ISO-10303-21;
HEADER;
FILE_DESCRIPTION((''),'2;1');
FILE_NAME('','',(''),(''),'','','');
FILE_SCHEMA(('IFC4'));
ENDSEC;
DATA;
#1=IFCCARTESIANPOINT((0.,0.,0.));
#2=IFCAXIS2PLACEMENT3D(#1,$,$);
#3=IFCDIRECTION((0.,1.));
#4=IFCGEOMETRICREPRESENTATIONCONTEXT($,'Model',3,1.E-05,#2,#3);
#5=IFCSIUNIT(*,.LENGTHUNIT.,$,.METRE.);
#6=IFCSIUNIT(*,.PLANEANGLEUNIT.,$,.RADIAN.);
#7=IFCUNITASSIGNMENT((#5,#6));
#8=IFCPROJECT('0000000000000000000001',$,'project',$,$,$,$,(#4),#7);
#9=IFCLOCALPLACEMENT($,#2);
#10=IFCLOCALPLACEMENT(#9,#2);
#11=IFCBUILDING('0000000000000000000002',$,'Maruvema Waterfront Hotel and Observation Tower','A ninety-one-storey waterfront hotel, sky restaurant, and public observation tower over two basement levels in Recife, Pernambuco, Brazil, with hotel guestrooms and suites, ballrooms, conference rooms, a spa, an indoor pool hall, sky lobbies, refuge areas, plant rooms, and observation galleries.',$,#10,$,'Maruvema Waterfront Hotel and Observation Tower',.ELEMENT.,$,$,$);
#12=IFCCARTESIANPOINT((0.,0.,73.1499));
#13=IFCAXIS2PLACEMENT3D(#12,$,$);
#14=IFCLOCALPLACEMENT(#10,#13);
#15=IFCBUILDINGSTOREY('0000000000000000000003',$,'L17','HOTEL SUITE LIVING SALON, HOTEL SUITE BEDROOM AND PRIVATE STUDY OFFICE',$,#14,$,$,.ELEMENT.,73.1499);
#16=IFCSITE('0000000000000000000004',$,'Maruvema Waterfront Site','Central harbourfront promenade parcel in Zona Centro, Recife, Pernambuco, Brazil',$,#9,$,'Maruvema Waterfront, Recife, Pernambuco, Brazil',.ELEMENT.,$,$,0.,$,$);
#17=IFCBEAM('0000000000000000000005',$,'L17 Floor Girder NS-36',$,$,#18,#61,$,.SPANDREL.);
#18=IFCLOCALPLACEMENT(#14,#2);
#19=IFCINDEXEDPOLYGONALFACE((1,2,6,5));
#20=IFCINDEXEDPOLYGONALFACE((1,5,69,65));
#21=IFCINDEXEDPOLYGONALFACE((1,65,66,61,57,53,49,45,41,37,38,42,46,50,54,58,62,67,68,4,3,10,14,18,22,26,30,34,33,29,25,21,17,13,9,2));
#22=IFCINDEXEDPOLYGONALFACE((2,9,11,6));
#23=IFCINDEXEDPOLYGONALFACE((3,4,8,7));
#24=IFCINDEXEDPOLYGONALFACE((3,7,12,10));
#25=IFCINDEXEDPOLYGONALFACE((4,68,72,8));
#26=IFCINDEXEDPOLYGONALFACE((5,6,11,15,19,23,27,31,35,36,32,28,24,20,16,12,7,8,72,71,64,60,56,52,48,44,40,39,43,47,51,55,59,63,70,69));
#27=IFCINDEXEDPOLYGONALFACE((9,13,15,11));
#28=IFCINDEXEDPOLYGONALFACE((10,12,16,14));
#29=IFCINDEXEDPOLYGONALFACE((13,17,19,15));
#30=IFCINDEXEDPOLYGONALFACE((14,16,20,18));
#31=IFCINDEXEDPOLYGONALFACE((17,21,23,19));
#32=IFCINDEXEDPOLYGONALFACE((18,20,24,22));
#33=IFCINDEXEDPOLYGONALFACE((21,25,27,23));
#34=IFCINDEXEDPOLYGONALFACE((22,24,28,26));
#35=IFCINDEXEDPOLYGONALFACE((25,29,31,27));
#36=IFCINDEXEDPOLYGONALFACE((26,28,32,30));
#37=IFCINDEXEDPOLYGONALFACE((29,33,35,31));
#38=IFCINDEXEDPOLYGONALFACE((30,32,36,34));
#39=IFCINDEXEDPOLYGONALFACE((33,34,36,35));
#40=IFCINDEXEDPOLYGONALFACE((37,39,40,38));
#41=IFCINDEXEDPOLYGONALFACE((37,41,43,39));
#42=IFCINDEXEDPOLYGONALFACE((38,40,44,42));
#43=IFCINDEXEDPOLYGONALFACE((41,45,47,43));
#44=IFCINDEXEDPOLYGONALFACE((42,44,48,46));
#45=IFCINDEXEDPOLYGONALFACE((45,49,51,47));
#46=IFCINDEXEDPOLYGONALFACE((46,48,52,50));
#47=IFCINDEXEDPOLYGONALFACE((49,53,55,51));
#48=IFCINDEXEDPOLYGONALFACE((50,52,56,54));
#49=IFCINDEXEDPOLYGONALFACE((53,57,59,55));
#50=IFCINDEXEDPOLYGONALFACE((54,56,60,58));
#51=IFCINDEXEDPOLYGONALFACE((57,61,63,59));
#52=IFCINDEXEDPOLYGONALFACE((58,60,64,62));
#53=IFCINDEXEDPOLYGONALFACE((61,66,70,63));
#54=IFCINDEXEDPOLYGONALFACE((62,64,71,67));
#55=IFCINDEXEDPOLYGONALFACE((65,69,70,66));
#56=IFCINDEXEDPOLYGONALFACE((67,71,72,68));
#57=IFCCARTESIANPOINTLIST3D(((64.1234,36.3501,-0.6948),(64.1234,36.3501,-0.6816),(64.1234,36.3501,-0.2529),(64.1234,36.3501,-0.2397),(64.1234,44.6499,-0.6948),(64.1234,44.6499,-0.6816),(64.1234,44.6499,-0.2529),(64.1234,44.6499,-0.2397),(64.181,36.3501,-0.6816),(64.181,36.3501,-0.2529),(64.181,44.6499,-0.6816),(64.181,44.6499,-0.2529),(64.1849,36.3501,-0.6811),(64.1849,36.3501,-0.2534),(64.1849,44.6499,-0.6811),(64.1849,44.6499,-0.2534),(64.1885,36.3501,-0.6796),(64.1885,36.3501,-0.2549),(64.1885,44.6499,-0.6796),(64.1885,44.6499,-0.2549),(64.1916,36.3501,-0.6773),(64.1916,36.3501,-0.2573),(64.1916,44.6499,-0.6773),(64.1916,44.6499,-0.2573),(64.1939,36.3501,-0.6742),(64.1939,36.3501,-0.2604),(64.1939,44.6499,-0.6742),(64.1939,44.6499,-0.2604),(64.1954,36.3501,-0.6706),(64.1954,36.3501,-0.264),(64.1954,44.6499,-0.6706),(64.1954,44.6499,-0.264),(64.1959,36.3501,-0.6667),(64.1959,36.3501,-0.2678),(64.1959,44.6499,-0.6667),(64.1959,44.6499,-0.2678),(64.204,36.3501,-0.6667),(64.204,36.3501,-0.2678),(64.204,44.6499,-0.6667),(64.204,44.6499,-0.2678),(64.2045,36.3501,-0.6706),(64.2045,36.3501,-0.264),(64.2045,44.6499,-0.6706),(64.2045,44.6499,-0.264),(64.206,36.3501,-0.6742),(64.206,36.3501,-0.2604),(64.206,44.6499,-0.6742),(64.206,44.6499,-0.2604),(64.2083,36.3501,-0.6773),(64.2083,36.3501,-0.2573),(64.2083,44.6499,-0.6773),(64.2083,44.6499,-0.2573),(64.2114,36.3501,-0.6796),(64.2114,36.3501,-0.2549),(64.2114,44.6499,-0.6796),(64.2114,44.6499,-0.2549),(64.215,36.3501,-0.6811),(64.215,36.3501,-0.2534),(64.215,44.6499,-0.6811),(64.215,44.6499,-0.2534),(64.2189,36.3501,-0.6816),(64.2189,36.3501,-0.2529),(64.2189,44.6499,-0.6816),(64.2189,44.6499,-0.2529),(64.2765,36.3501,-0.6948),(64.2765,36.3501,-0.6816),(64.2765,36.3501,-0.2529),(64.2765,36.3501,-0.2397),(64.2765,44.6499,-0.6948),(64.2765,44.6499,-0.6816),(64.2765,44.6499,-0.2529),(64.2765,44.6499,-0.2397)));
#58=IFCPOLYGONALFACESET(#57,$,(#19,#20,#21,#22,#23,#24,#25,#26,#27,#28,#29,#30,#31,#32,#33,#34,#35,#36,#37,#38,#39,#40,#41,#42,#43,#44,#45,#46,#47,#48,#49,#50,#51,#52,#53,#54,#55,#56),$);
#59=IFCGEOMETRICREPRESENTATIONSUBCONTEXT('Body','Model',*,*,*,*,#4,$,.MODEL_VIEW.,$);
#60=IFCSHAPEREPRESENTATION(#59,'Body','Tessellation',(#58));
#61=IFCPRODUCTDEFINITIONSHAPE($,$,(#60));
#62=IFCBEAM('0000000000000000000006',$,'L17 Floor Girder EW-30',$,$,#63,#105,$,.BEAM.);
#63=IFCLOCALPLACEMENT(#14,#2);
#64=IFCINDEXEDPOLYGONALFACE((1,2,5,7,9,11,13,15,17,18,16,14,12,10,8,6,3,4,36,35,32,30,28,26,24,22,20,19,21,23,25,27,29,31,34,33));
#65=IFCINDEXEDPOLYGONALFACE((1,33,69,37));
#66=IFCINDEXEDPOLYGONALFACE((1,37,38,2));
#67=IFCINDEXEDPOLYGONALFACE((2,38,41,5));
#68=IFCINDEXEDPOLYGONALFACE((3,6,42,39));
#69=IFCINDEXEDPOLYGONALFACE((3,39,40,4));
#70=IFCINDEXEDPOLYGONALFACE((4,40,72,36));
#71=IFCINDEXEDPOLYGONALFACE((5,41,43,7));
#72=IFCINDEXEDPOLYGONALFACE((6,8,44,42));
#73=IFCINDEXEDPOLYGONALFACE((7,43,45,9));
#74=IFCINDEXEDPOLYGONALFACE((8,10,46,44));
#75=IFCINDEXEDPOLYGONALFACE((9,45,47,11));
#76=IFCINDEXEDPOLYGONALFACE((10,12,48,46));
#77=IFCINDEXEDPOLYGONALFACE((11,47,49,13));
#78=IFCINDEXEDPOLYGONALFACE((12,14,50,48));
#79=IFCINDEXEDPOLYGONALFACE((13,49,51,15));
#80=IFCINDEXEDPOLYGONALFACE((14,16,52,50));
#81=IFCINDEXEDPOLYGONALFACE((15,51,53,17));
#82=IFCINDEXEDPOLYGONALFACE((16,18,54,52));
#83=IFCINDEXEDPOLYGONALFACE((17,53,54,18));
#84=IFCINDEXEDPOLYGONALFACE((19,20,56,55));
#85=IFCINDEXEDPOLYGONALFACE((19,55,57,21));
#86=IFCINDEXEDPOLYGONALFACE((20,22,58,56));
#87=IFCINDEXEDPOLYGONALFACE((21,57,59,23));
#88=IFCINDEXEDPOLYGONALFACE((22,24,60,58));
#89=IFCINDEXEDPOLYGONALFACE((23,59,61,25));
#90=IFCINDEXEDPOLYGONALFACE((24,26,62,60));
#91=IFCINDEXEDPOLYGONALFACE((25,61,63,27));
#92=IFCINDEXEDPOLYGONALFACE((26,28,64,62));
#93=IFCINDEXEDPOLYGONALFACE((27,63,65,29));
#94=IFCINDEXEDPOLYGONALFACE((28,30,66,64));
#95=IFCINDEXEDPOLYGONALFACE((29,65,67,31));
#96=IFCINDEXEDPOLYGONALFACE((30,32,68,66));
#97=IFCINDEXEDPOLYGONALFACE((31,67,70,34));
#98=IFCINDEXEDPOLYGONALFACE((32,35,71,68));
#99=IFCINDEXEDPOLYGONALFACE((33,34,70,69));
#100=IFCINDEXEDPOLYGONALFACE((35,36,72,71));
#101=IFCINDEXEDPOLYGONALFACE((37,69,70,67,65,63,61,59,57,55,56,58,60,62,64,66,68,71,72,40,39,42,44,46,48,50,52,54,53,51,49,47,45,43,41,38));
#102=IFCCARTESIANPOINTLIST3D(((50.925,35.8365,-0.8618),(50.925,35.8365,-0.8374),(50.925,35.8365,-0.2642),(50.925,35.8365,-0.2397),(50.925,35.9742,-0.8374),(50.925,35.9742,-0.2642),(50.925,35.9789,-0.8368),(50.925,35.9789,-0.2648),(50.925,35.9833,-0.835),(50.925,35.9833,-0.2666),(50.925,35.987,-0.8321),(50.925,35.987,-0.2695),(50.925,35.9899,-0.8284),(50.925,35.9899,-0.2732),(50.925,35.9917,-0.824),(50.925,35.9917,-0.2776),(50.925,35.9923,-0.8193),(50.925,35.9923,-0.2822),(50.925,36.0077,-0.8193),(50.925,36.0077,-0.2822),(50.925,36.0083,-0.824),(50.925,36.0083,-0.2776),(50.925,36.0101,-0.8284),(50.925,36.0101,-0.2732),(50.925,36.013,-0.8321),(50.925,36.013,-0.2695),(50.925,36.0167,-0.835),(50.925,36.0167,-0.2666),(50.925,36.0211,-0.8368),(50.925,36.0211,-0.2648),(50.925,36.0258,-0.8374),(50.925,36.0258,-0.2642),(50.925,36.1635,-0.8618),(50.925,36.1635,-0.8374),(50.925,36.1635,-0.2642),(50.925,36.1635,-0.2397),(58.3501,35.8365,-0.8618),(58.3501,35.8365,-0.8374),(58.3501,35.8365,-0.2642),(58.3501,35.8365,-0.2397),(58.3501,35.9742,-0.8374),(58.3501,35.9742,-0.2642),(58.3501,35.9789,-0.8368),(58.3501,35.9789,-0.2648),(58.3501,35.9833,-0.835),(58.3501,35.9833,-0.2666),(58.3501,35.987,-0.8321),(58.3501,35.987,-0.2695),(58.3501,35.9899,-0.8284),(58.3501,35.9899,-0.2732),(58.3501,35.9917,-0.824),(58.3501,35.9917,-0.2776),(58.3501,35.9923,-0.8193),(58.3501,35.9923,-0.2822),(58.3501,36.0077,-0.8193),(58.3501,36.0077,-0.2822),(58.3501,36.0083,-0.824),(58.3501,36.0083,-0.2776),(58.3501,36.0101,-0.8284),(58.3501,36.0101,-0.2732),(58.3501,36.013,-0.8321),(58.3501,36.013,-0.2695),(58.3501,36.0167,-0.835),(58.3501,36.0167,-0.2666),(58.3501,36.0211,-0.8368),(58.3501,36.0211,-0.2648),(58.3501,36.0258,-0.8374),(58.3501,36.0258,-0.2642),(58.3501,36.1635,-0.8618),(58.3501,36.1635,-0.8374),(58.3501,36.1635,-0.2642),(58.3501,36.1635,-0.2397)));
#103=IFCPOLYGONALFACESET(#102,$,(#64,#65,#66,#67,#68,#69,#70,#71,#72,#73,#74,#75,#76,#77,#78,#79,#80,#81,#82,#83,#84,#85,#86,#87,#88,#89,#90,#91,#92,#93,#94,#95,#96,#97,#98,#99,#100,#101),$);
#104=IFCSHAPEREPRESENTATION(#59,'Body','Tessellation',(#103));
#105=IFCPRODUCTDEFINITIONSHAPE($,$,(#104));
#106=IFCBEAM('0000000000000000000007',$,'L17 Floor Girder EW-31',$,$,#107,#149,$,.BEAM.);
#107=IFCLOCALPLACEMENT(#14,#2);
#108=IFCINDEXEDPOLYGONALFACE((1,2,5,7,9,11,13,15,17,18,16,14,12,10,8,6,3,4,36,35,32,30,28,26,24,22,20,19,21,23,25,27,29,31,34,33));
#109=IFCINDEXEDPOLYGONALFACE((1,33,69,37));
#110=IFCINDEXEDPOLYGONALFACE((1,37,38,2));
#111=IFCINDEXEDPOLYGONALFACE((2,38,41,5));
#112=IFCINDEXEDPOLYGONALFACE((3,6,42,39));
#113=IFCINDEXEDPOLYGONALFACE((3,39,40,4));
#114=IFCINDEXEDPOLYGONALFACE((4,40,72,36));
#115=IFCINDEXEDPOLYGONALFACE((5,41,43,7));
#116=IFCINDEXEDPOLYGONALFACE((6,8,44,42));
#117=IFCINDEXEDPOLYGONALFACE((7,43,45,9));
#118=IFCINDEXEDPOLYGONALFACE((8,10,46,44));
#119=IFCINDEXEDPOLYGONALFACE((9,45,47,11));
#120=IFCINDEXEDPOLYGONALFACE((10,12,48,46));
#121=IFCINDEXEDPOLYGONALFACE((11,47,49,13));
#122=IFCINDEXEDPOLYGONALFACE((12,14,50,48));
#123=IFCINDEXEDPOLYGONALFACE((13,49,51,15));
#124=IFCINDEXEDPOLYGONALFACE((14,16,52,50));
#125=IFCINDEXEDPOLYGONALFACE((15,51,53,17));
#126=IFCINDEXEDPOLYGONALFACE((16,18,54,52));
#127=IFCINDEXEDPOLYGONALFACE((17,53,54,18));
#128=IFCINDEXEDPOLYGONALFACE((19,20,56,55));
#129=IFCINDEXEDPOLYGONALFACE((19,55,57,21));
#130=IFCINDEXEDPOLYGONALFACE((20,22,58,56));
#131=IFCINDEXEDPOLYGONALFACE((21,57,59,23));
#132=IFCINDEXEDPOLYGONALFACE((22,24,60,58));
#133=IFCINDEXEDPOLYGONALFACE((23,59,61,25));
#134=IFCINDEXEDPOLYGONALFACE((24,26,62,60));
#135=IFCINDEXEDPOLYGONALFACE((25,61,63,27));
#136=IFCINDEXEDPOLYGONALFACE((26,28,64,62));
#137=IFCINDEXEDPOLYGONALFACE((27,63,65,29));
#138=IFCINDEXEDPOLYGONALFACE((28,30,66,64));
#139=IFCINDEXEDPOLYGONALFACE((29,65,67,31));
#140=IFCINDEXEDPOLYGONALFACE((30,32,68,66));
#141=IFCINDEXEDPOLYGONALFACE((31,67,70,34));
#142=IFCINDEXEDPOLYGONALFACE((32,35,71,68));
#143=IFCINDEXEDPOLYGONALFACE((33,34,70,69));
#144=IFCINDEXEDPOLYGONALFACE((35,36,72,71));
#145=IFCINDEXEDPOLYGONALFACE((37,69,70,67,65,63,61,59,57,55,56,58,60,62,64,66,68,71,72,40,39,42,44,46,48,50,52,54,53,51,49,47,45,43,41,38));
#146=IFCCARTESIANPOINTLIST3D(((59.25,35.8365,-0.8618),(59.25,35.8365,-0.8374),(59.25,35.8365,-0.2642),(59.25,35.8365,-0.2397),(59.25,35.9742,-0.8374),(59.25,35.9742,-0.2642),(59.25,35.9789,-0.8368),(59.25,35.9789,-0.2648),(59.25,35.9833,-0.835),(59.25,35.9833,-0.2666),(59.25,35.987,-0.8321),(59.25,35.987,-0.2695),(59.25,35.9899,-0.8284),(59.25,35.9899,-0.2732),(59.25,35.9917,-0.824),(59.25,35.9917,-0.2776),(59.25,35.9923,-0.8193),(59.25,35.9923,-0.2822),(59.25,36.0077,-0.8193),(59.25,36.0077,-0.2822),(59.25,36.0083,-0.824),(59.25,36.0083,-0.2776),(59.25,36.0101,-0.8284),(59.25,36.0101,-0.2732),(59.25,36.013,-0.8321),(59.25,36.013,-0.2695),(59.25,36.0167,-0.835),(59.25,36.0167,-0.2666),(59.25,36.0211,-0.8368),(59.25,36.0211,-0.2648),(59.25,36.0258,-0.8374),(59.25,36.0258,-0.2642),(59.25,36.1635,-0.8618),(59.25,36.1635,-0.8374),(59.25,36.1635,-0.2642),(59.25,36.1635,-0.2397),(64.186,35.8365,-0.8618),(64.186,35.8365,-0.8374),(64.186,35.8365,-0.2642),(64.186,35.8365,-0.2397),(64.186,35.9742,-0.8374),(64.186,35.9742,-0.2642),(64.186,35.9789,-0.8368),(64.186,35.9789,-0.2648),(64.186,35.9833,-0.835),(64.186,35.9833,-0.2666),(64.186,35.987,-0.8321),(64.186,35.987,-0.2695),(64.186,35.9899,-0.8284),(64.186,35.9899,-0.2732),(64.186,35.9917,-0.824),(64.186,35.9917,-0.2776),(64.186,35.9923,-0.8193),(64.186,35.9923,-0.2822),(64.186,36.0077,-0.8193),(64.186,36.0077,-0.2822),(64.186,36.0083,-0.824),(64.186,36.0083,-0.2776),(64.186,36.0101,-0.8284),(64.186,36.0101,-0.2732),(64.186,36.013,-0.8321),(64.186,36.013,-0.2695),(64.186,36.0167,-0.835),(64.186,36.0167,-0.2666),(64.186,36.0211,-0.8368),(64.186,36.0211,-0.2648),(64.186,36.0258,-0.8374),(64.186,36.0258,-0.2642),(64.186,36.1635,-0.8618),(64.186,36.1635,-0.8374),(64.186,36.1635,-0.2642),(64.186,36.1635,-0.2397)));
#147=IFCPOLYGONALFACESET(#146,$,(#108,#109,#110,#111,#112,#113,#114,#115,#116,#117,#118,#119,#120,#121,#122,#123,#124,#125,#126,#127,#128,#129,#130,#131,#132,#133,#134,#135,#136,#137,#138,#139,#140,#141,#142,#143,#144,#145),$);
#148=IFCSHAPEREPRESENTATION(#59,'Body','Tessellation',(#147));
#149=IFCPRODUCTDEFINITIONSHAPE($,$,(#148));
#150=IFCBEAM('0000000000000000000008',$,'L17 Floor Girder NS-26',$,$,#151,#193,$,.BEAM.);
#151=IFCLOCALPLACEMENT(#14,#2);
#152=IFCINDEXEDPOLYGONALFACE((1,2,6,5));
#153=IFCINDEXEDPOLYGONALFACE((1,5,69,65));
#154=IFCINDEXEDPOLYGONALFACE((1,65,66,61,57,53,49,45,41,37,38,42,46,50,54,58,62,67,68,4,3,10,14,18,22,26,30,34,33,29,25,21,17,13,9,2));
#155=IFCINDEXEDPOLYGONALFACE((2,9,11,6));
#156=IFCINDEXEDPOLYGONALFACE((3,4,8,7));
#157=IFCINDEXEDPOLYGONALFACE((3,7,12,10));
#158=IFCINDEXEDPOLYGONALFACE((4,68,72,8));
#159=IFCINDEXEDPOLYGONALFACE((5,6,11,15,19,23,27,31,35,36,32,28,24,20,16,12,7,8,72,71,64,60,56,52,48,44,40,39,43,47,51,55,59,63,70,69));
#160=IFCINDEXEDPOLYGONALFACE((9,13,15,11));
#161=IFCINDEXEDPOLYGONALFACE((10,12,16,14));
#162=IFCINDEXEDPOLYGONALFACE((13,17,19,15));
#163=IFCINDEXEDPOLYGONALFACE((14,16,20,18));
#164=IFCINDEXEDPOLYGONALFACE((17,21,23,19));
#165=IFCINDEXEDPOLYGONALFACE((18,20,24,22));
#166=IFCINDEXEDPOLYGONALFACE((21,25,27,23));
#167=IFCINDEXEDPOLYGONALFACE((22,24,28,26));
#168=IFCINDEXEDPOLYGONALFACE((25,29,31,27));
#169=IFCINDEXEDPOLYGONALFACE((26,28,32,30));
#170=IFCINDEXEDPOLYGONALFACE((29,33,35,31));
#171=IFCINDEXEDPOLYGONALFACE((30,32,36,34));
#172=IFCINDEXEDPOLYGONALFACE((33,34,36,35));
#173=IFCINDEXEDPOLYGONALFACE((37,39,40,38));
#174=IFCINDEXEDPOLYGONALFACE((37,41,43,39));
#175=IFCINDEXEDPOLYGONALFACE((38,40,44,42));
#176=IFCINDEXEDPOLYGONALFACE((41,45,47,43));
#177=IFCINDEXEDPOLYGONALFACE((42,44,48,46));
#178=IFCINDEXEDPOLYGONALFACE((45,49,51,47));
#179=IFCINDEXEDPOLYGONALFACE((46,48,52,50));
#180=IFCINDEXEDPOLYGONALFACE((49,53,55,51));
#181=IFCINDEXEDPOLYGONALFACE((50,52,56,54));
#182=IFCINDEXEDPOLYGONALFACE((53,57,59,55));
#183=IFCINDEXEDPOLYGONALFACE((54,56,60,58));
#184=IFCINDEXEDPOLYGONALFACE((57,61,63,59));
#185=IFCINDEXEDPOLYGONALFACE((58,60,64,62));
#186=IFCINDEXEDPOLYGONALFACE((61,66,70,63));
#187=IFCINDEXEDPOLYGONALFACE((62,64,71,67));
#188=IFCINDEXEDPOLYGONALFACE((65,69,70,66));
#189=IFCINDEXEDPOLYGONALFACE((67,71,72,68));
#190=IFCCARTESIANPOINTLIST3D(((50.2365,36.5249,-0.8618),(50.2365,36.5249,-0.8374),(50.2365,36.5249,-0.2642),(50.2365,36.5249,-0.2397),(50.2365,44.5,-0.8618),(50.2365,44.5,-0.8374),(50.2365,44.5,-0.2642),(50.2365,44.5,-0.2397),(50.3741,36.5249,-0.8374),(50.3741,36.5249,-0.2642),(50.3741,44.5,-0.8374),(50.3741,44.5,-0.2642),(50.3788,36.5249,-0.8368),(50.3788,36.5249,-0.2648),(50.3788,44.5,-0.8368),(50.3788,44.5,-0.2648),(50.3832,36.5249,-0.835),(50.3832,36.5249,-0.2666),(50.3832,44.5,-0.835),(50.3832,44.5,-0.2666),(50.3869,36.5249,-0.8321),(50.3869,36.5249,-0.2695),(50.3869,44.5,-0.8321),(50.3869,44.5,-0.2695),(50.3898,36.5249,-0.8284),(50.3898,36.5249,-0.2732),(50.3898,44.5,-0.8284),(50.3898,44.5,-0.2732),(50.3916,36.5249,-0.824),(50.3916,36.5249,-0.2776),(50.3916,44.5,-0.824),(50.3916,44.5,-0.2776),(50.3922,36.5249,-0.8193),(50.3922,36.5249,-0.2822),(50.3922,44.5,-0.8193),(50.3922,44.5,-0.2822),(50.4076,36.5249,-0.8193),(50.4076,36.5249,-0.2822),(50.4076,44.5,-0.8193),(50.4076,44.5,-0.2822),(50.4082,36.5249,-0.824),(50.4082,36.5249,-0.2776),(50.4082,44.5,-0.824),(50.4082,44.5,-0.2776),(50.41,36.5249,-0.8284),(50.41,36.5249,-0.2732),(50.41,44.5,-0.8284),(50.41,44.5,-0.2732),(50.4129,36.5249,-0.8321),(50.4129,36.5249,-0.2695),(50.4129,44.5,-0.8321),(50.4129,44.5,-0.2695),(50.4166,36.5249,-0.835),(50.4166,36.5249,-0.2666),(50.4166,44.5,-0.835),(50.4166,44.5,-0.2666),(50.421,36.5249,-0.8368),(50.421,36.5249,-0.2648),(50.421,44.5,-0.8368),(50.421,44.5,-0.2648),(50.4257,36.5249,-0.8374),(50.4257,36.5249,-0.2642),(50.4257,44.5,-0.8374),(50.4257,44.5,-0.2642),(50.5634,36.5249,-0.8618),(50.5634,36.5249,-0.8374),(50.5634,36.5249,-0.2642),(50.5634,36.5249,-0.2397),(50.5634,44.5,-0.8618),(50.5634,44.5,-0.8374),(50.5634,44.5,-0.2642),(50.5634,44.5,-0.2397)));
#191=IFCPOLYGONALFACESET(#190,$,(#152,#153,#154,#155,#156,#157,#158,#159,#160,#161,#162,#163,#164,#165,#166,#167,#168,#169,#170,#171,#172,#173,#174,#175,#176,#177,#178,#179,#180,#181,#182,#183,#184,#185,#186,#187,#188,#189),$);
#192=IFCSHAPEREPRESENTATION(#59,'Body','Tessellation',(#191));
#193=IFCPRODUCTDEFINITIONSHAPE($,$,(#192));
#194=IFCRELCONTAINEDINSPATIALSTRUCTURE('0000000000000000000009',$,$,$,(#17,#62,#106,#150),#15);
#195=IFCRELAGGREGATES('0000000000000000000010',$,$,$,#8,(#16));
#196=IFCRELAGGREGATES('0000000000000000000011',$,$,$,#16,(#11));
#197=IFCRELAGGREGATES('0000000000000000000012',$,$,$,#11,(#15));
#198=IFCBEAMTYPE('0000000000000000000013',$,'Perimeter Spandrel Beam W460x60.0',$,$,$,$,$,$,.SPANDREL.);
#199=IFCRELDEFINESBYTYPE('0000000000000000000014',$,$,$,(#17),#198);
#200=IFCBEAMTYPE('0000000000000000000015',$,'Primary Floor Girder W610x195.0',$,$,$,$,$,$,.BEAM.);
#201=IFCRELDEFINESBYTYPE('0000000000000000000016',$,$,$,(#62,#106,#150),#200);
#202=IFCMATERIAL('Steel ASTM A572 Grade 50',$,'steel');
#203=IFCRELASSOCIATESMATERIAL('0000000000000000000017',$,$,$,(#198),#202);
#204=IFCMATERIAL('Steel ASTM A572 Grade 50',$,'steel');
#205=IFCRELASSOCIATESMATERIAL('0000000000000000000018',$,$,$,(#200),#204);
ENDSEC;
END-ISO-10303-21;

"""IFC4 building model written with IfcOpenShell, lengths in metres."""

from ifc_helpers import new_model, si_unit, direction, frame, origin, origin_2d, place, context, subcontext, project, spatial, i_section, extrude, material, material_profile, profile_set, type_object, element, save


model = new_model("IFC4")

# Units and contexts
model_context = context("Model", 3, precision=1e-05, world=origin(), true_north=direction((0.0, 1.0)))
body_context = subcontext(model_context, "Body", "Model", "MODEL_VIEW")
ifc_project = project(units=[si_unit("LENGTHUNIT", "METRE"), si_unit("PLANEANGLEUNIT", "RADIAN")], contexts=[model_context])

# Site, building, storey
site_placement = place(None, origin())
site = spatial("IfcSite", under=ifc_project, at=site_placement, Name="Maruvema Waterfront Site", Description="Central harbourfront promenade parcel in Zona Centro, Recife, Pernambuco, Brazil", LongName="Maruvema Waterfront, Recife, Pernambuco, Brazil", CompositionType="ELEMENT", RefElevation=0.0)
building_placement = place(site_placement, origin())
building = spatial("IfcBuilding", under=site, at=building_placement, Name="Maruvema Waterfront Hotel and Observation Tower", Description="A ninety-one-storey waterfront hotel, sky restaurant, and public observation tower over two basement levels in Recife, Pernambuco, Brazil, with hotel guestrooms and suites, ballrooms, conference rooms, a spa, an indoor pool hall, sky lobbies, refuge areas, plant rooms, and observation galleries.", LongName="Maruvema Waterfront Hotel and Observation Tower", CompositionType="ELEMENT")
storey_placement = place(building_placement, frame((0.0, 0.0, 73.1499)))
storey = spatial("IfcBuildingStorey", under=building, at=storey_placement, Name="L17", Description="HOTEL SUITE LIVING SALON, HOTEL SUITE BEDROOM AND PRIVATE STUDY OFFICE", CompositionType="ELEMENT", Elevation=73.1499)

# Beams
ifc_material_1 = material(Name="Steel ASTM A572 Grade 50", Category="steel")
ifc_material_profile_1 = material_profile(ifc_material_1, i_section(OverallWidth=0.1531, OverallDepth=0.4551, WebThickness=0.0081, FlangeThickness=0.0132, FilletRadius=0.0149, at=origin_2d()), Name="W460x60.0")
ifc_profile_set_1 = profile_set([ifc_material_profile_1], Name="Steel ASTM A572 Grade 50")
beam_type_1 = type_object("IfcBeamType", Name="Perimeter Spandrel Beam W460x60.0", PredefinedType="SPANDREL", material=ifc_profile_set_1)
beam_1_placement = place(storey_placement, frame((64.2, 36.3501, -0.4673), z_axis=(0.0, 1.0, 0.0), x_axis=(-1.0, 0.0, 0.0)))
element("IfcBeam", 1, at=beam_1_placement, inside=storey, type_object=beam_type_1, Name="L17 Floor Girder NS-36", PredefinedType="SPANDREL", context=body_context, shape_type="SweptSolid", body=[
    extrude(i_section(OverallWidth=0.1531, OverallDepth=0.4551, WebThickness=0.0081, FlangeThickness=0.0132, FilletRadius=0.0149, at=origin_2d()), origin(), (0.0, 0.0, 1.0), 8.2998),
])
ifc_material_2 = material(Name="Steel ASTM A572 Grade 50", Category="steel")
ifc_material_profile_2 = material_profile(ifc_material_2, i_section(OverallWidth=0.3269, OverallDepth=0.6221, WebThickness=0.0154, FlangeThickness=0.0244, FilletRadius=0.0181, at=origin_2d()), Name="W610x195.0")
ifc_profile_set_2 = profile_set([ifc_material_profile_2], Name="Steel ASTM A572 Grade 50")
beam_type_2 = type_object("IfcBeamType", Name="Primary Floor Girder W610x195.0", PredefinedType="BEAM", material=ifc_profile_set_2)
beam_2_placement = place(storey_placement, frame((50.925, 36.0, -0.5508), z_axis=(1.0, 0.0, 0.0), x_axis=(0.0, 1.0, 0.0)))
element("IfcBeam", 2, at=beam_2_placement, inside=storey, type_object=beam_type_2, Name="L17 Floor Girder EW-30", PredefinedType="BEAM", context=body_context, shape_type="SweptSolid", body=[
    extrude(i_section(OverallWidth=0.3269, OverallDepth=0.6221, WebThickness=0.0154, FlangeThickness=0.0244, FilletRadius=0.0181, at=origin_2d()), origin(), (0.0, 0.0, 1.0), 7.425),
])
beam_3_placement = place(storey_placement, frame((59.25, 36.0, -0.5508), z_axis=(1.0, 0.0, 0.0), x_axis=(0.0, 1.0, 0.0)))
element("IfcBeam", 3, at=beam_3_placement, inside=storey, type_object=beam_type_2, Name="L17 Floor Girder EW-31", PredefinedType="BEAM", context=body_context, shape_type="SweptSolid", body=[
    extrude(i_section(OverallWidth=0.3269, OverallDepth=0.6221, WebThickness=0.0154, FlangeThickness=0.0244, FilletRadius=0.0181, at=origin_2d()), origin(), (0.0, 0.0, 1.0), 4.936),
])
beam_4_placement = place(storey_placement, frame((50.3999, 36.5249, -0.5508), z_axis=(0.0, 1.0, 0.0), x_axis=(-1.0, 0.0, 0.0)))
element("IfcBeam", 4, at=beam_4_placement, inside=storey, type_object=beam_type_2, Name="L17 Floor Girder NS-26", PredefinedType="BEAM", context=body_context, shape_type="SweptSolid", body=[
    extrude(i_section(OverallWidth=0.3269, OverallDepth=0.6221, WebThickness=0.0154, FlangeThickness=0.0244, FilletRadius=0.0181, at=origin_2d()), origin(), (0.0, 0.0, 1.0), 7.9751),
])

save(model, "model.ifc")
